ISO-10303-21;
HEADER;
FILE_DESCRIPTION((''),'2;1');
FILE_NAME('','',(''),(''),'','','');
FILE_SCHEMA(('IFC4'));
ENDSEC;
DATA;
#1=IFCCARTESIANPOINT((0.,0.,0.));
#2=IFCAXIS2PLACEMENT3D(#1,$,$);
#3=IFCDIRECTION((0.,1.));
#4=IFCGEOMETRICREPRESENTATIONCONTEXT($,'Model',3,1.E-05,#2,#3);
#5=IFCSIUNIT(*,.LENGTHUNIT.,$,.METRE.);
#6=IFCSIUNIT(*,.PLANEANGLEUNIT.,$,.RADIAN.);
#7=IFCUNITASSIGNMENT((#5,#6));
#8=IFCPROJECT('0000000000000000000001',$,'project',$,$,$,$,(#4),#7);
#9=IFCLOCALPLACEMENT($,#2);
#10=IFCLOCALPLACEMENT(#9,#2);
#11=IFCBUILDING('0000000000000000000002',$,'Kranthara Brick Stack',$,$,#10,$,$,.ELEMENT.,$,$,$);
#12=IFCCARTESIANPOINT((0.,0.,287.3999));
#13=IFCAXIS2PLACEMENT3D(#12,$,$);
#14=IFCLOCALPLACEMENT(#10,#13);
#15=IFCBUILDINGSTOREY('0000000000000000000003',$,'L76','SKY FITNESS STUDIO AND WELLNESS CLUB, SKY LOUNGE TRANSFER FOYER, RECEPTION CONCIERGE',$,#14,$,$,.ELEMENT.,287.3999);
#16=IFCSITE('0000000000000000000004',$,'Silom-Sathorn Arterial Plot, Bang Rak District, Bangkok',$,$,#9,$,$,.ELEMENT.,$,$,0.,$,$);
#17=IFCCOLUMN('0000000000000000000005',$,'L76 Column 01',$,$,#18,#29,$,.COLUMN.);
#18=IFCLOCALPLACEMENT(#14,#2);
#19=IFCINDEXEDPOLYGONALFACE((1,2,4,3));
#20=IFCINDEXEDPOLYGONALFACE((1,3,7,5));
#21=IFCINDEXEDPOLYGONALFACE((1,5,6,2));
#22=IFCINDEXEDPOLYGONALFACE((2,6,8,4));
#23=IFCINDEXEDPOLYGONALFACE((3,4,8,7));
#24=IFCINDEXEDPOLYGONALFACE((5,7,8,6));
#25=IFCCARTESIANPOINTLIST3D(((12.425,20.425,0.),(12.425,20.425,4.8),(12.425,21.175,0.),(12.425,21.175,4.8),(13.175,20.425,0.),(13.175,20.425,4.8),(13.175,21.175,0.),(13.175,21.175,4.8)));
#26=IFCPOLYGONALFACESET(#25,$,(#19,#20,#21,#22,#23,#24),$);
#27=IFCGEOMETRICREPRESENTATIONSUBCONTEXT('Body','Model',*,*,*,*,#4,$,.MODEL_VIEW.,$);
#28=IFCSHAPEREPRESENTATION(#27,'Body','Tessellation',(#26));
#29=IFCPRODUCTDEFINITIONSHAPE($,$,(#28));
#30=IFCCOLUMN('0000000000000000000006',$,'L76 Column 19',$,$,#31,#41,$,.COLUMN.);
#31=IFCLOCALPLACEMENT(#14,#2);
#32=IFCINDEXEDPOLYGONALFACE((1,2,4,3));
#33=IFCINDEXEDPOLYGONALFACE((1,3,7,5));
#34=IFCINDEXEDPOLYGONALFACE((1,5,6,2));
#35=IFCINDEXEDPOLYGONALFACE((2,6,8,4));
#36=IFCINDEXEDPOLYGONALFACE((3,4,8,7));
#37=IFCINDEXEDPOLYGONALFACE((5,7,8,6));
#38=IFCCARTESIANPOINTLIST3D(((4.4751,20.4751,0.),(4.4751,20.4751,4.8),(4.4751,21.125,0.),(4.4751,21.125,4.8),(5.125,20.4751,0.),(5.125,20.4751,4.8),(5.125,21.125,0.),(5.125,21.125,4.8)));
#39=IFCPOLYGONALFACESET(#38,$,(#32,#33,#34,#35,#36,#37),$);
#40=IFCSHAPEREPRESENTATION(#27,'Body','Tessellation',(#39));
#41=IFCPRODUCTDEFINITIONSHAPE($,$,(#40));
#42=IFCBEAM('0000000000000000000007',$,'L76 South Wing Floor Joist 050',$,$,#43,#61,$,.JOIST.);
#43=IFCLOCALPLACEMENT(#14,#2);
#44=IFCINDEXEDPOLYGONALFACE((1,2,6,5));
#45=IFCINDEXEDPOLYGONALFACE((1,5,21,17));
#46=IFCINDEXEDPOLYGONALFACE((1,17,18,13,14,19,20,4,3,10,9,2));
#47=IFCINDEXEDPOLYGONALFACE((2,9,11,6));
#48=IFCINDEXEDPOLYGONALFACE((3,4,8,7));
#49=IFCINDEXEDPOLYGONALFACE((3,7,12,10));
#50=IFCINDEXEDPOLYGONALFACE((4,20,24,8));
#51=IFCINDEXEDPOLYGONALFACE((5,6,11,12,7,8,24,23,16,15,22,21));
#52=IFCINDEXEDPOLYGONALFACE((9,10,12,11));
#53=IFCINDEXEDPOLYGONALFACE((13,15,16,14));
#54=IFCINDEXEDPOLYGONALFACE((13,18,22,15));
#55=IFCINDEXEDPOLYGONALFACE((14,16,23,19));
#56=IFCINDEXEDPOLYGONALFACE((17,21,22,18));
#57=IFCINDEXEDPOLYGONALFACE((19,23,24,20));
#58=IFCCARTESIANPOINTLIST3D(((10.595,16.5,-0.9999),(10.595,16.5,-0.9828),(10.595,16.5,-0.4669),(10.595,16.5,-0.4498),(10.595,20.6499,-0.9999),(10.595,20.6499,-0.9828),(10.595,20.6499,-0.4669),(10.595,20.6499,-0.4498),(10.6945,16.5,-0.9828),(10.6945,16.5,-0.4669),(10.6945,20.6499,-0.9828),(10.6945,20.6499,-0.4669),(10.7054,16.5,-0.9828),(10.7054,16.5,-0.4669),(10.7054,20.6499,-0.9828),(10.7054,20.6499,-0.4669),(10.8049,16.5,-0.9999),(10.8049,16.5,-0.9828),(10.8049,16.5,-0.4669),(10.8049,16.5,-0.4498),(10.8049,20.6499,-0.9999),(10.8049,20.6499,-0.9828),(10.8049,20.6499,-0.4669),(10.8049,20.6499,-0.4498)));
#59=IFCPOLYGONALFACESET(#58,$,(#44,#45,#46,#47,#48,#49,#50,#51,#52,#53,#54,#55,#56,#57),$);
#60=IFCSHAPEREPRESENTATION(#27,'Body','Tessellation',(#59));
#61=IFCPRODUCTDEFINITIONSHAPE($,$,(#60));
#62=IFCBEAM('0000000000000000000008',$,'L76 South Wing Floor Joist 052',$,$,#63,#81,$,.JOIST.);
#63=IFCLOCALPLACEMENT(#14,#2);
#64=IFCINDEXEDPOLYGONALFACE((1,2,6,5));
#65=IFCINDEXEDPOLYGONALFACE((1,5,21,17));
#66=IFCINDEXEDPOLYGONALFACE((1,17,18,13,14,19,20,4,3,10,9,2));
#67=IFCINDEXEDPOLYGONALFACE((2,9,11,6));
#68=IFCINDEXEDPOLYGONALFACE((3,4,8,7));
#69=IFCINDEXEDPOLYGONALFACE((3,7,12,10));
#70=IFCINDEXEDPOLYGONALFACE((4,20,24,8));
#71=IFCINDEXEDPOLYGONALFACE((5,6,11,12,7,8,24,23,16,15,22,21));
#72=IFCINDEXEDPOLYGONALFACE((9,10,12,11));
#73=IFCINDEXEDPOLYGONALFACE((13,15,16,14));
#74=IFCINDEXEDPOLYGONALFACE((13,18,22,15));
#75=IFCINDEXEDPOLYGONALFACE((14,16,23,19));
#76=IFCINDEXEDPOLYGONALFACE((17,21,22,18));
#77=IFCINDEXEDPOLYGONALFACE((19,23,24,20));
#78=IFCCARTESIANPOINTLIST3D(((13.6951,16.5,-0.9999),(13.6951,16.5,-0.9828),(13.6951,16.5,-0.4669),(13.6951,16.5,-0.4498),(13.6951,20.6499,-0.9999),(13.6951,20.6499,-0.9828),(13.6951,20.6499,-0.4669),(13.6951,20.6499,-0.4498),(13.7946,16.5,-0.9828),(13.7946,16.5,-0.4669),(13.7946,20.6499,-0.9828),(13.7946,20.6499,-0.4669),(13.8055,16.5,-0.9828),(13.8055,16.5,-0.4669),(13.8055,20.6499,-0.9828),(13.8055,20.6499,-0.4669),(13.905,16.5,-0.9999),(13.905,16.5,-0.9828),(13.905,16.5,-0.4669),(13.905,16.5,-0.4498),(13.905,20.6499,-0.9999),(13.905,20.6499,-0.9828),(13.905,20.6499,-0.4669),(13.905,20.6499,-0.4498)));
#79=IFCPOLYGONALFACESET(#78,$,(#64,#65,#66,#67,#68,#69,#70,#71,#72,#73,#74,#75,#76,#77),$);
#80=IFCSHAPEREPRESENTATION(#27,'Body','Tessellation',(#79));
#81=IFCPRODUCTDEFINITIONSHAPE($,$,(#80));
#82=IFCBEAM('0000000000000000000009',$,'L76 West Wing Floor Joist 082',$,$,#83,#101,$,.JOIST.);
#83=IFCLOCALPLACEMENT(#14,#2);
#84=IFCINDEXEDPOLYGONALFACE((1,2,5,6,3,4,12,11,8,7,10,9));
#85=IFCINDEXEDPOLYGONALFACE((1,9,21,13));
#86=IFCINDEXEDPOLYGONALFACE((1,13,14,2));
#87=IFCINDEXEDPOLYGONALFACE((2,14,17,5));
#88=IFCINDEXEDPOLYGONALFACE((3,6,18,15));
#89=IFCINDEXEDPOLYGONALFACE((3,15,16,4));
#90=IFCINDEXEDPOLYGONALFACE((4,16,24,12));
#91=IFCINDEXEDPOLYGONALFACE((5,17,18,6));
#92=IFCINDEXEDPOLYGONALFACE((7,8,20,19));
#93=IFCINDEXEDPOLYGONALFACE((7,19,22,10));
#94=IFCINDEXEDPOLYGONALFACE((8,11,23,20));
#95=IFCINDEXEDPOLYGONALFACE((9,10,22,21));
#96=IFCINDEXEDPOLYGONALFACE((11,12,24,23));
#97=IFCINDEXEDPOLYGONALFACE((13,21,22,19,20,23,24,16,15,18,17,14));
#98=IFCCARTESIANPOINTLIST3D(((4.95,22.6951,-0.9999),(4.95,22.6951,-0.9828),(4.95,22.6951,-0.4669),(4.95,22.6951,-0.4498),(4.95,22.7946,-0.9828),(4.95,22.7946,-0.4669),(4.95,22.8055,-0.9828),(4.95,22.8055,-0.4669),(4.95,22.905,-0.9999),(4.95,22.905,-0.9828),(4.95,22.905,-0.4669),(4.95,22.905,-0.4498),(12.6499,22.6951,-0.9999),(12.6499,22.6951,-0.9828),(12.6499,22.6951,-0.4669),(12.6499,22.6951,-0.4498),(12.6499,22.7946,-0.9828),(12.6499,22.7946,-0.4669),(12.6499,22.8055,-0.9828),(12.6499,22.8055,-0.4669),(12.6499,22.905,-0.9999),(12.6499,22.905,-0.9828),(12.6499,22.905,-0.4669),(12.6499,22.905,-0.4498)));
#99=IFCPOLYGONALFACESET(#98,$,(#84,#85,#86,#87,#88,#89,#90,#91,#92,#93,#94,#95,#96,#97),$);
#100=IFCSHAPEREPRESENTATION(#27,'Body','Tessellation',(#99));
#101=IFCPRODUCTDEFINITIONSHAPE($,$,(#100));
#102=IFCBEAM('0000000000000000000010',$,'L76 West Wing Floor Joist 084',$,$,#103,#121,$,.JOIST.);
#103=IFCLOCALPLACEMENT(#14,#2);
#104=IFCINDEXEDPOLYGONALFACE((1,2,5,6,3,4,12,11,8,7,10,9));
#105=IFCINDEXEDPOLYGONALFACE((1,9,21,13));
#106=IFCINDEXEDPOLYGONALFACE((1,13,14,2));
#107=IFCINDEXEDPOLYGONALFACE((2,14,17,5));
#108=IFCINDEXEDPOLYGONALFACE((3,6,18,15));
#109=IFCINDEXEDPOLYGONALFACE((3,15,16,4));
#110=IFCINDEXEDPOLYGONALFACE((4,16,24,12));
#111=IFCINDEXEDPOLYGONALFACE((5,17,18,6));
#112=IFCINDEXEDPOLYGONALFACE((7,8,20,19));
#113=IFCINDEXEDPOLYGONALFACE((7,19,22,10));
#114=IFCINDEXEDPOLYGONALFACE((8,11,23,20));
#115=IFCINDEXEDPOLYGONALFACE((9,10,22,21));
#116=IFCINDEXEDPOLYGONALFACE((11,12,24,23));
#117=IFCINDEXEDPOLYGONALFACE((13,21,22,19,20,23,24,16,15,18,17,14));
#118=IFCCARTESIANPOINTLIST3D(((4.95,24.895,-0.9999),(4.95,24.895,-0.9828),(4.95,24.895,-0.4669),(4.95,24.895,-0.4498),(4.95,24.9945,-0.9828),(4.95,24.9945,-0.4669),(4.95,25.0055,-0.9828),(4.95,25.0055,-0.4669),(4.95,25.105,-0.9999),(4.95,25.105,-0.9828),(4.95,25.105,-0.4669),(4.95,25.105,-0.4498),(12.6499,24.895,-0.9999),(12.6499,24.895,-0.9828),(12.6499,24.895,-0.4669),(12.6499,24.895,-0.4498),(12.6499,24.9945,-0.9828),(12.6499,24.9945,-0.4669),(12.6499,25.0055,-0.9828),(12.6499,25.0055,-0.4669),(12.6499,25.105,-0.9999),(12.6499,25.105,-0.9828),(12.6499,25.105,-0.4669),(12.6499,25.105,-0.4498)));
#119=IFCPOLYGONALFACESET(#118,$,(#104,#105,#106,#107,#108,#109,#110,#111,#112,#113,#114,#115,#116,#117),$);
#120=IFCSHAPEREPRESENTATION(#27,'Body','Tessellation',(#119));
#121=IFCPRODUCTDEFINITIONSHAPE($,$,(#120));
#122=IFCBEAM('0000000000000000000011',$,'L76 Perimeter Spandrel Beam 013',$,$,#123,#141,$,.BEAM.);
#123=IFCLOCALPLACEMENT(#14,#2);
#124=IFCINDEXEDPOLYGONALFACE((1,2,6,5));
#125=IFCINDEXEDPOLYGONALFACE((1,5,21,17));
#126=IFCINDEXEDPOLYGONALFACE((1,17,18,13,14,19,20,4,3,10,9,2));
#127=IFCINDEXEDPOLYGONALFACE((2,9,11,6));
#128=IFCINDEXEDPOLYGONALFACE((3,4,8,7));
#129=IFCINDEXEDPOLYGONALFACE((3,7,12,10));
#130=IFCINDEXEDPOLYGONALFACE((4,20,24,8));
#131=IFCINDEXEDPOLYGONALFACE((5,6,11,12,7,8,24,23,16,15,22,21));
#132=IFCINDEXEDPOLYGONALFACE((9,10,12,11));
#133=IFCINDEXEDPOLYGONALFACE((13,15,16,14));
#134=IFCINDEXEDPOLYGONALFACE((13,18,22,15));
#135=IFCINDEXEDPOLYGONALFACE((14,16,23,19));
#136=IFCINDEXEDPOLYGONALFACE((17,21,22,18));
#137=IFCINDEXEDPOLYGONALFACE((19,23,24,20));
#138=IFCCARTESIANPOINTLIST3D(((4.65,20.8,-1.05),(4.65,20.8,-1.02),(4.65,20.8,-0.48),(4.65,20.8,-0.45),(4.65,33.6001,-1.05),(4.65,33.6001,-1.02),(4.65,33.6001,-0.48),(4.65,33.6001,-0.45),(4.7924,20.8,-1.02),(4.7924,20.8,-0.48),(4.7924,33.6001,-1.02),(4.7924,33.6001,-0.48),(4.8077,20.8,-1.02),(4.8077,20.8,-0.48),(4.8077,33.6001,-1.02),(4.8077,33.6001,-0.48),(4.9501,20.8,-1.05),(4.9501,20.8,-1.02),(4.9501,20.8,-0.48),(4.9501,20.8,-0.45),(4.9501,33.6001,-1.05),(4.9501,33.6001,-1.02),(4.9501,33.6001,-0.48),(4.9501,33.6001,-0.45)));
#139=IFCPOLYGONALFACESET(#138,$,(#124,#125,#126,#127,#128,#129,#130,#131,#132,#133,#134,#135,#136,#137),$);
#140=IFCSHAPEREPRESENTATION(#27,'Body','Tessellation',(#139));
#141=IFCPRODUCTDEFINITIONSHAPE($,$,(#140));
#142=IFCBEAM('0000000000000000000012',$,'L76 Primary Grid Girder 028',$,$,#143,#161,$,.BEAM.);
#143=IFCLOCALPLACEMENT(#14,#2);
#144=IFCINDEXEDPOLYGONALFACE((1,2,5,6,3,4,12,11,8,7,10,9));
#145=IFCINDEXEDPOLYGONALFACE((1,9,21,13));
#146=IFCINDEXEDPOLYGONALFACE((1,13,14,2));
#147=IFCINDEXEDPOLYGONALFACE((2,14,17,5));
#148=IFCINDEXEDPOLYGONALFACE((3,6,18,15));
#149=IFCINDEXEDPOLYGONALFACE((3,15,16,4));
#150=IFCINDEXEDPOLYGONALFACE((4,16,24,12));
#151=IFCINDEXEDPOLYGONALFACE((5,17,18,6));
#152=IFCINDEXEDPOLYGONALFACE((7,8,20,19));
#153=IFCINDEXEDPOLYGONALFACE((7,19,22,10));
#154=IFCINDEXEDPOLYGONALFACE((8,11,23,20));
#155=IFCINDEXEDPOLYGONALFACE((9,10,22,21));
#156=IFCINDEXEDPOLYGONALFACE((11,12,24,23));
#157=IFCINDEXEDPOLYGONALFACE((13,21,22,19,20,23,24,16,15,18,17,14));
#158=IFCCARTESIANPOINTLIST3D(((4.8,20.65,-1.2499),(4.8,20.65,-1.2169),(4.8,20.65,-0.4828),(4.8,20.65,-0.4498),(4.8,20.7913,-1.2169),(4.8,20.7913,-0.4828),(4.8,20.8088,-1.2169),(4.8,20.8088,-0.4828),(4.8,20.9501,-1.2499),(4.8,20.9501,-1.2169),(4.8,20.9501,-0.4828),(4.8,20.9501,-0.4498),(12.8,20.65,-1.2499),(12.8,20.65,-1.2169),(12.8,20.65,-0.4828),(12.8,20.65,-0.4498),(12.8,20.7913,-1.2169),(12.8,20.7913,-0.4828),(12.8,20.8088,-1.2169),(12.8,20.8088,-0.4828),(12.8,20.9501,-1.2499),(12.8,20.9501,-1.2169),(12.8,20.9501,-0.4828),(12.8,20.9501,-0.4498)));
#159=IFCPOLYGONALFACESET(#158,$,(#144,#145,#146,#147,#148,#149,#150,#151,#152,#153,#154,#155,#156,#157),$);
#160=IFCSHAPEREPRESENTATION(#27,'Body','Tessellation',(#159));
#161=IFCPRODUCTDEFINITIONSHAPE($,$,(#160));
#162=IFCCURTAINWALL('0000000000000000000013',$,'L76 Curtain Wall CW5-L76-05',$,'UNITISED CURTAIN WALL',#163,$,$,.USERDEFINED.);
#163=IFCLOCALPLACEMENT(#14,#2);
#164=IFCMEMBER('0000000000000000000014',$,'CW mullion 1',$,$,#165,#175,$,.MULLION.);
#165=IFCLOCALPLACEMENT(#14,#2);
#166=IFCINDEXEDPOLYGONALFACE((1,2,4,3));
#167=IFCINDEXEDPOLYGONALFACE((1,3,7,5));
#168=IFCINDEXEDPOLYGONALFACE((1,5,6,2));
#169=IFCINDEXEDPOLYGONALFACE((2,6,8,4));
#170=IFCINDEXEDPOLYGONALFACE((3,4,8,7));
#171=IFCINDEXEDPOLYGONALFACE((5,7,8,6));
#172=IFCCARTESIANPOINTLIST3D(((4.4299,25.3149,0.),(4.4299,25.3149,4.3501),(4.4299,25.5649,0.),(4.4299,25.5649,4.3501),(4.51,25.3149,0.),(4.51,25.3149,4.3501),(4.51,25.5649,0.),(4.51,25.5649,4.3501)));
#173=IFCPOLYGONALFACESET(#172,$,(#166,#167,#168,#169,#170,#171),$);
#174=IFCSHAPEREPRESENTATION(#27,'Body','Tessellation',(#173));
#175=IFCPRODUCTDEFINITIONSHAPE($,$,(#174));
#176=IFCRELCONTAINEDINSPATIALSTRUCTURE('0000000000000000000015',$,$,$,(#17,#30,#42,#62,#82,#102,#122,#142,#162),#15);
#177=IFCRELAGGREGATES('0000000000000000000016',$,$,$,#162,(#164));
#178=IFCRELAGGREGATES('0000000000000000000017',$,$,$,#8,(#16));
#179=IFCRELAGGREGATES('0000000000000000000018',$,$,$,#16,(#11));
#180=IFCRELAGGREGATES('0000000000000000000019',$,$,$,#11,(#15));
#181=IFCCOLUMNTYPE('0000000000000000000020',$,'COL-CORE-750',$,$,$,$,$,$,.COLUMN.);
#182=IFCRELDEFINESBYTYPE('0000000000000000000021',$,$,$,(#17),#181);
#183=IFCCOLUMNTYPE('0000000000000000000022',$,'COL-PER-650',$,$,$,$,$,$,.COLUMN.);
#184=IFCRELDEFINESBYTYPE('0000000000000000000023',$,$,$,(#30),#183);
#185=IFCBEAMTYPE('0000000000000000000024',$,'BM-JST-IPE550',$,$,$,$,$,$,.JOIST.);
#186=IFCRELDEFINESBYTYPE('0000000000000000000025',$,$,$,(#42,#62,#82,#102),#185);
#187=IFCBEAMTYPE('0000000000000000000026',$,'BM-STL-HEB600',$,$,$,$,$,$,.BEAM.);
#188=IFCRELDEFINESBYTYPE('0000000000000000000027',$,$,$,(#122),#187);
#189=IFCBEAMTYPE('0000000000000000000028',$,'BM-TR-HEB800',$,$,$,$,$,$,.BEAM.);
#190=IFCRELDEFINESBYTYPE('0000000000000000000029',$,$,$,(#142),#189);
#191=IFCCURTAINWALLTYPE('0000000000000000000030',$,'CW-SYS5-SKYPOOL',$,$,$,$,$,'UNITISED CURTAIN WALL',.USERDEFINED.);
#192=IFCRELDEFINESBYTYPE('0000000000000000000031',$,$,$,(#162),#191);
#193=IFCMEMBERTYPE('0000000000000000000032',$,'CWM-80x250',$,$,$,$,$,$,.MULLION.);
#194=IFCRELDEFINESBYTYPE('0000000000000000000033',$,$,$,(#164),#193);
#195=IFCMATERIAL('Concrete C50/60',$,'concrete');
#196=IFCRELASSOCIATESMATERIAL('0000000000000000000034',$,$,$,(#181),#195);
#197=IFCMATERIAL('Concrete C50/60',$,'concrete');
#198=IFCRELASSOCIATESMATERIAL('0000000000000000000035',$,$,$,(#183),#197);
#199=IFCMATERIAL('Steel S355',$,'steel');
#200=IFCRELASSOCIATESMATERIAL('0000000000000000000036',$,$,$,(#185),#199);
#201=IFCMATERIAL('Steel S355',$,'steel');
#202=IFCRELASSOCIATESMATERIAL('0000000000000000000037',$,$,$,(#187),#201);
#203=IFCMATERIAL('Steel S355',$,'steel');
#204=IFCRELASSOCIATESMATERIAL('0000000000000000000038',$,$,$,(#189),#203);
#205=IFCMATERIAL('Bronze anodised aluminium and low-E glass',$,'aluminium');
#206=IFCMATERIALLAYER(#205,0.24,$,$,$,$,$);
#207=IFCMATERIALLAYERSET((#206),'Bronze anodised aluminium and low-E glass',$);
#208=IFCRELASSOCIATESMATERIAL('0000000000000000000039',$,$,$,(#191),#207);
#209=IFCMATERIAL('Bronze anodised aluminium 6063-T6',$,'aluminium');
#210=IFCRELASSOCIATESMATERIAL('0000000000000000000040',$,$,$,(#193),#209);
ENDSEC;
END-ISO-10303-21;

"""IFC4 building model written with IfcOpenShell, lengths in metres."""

from ifc_helpers import new_model, si_unit, direction, frame, origin, origin_2d, place, context, subcontext, project, spatial, rectangle, i_section, extrude, material, layer, layer_set, material_profile, profile_set, type_object, element, aggregate, save


model = new_model("IFC4")

# Units and contexts
model_context = context("Model", 3, precision=1e-05, world=origin(), true_north=direction((0.0, 1.0)))
body_context = subcontext(model_context, "Body", "Model", "MODEL_VIEW")
ifc_project = project(units=[si_unit("LENGTHUNIT", "METRE"), si_unit("PLANEANGLEUNIT", "RADIAN")], contexts=[model_context])

# Site, building, storey
site_placement = place(None, origin())
site = spatial("IfcSite", under=ifc_project, at=site_placement, Name="Silom-Sathorn Arterial Plot, Bang Rak District, Bangkok", CompositionType="ELEMENT", RefElevation=0.0)
building_placement = place(site_placement, origin())
building = spatial("IfcBuilding", under=site, at=building_placement, Name="Kranthara Brick Stack", CompositionType="ELEMENT")
storey_placement = place(building_placement, frame((0.0, 0.0, 287.3999)))
storey = spatial("IfcBuildingStorey", under=building, at=storey_placement, Name="L76", Description="SKY FITNESS STUDIO AND WELLNESS CLUB, SKY LOUNGE TRANSFER FOYER, RECEPTION CONCIERGE", CompositionType="ELEMENT", Elevation=287.3999)

# Columns
ifc_material_1 = material(Name="Concrete C50/60", Category="concrete")
ifc_material_profile_1 = material_profile(ifc_material_1, rectangle(XDim=0.75, YDim=0.75, at=origin_2d()), Name="RC 750x750")
ifc_profile_set_1 = profile_set([ifc_material_profile_1], Name="Concrete C50/60")
column_type_1 = type_object("IfcColumnType", Name="COL-CORE-750", PredefinedType="COLUMN", material=ifc_profile_set_1)
column_1_placement = place(storey_placement, frame((12.8, 20.8, 0.0), z_axis=(0.0, 0.0, 1.0), x_axis=(1.0, 0.0, 0.0)))
element("IfcColumn", 1, at=column_1_placement, inside=storey, type_object=column_type_1, Name="L76 Column 01", PredefinedType="COLUMN", context=body_context, shape_type="SweptSolid", body=[
    extrude(rectangle(XDim=0.75, YDim=0.75, at=origin_2d()), origin(), (0.0, 0.0, 1.0), 4.8),
])
ifc_material_2 = material(Name="Concrete C50/60", Category="concrete")
ifc_material_profile_2 = material_profile(ifc_material_2, rectangle(XDim=0.6499, YDim=0.6499, at=origin_2d()), Name="RC 650x650")
ifc_profile_set_2 = profile_set([ifc_material_profile_2], Name="Concrete C50/60")
column_type_2 = type_object("IfcColumnType", Name="COL-PER-650", PredefinedType="COLUMN", material=ifc_profile_set_2)
column_2_placement = place(storey_placement, frame((4.8, 20.8, 0.0), z_axis=(0.0, 0.0, 1.0), x_axis=(1.0, 0.0, 0.0)))
element("IfcColumn", 2, at=column_2_placement, inside=storey, type_object=column_type_2, Name="L76 Column 19", PredefinedType="COLUMN", context=body_context, shape_type="SweptSolid", body=[
    extrude(rectangle(XDim=0.6499, YDim=0.6499, at=origin_2d()), origin(), (0.0, 0.0, 1.0), 4.8),
])

# Beams
ifc_material_3 = material(Name="Steel S355", Category="steel")
ifc_material_profile_3 = material_profile(ifc_material_3, i_section(OverallWidth=0.21, OverallDepth=0.55, WebThickness=0.011, FlangeThickness=0.0171, at=origin_2d()), Name="IPE 550")
ifc_profile_set_3 = profile_set([ifc_material_profile_3], Name="Steel S355")
beam_type_1 = type_object("IfcBeamType", Name="BM-JST-IPE550", PredefinedType="JOIST", material=ifc_profile_set_3)
for number, where, z_axis, x_axis, name in (
    (3, (10.7, 16.5, -0.7249), (0.0, 1.0, 0.0), (-1.0, 0.0, 0.0), "L76 South Wing Floor Joist 050"),
    (4, (13.8, 16.5, -0.7249), (0.0, 1.0, 0.0), (-1.0, 0.0, 0.0), "L76 South Wing Floor Joist 052"),
):
    element("IfcBeam", number, at=place(storey_placement, frame(where, z_axis=z_axis, x_axis=x_axis)), inside=storey, type_object=beam_type_1, Name=name, PredefinedType="JOIST", context=body_context, shape_type="SweptSolid", body=[
        extrude(i_section(OverallWidth=0.21, OverallDepth=0.55, WebThickness=0.011, FlangeThickness=0.0171, at=origin_2d()), origin(), (0.0, 0.0, 1.0), 4.1499),
    ])
for number, where, z_axis, x_axis, name in (
    (5, (4.95, 22.8, -0.7249), (1.0, 0.0, 0.0), (0.0, 1.0, 0.0), "L76 West Wing Floor Joist 082"),
    (6, (4.95, 25.0, -0.7249), (1.0, 0.0, 0.0), (0.0, 1.0, 0.0), "L76 West Wing Floor Joist 084"),
):
    element("IfcBeam", number, at=place(storey_placement, frame(where, z_axis=z_axis, x_axis=x_axis)), inside=storey, type_object=beam_type_1, Name=name, PredefinedType="JOIST", context=body_context, shape_type="SweptSolid", body=[
        extrude(i_section(OverallWidth=0.21, OverallDepth=0.55, WebThickness=0.011, FlangeThickness=0.0171, at=origin_2d()), origin(), (0.0, 0.0, 1.0), 7.7),
    ])
ifc_material_4 = material(Name="Steel S355", Category="steel")
ifc_material_profile_4 = material_profile(ifc_material_4, i_section(OverallWidth=0.3, OverallDepth=0.6001, WebThickness=0.0154, FlangeThickness=0.03, at=origin_2d()), Name="HEB 600")
ifc_profile_set_4 = profile_set([ifc_material_profile_4], Name="Steel S355")
beam_type_2 = type_object("IfcBeamType", Name="BM-STL-HEB600", PredefinedType="BEAM", material=ifc_profile_set_4)
beam_1_placement = place(storey_placement, frame((4.8, 20.8, -0.75), z_axis=(0.0, 1.0, 0.0), x_axis=(-1.0, 0.0, 0.0)))
element("IfcBeam", 7, at=beam_1_placement, inside=storey, type_object=beam_type_2, Name="L76 Perimeter Spandrel Beam 013", PredefinedType="BEAM", context=body_context, shape_type="SweptSolid", body=[
    extrude(i_section(OverallWidth=0.3, OverallDepth=0.6001, WebThickness=0.0154, FlangeThickness=0.03, at=origin_2d()), origin(), (0.0, 0.0, 1.0), 12.8),
])
ifc_material_5 = material(Name="Steel S355", Category="steel")
ifc_material_profile_5 = material_profile(ifc_material_5, i_section(OverallWidth=0.3, OverallDepth=0.8, WebThickness=0.0176, FlangeThickness=0.033, at=origin_2d()), Name="HEB 800")
ifc_profile_set_5 = profile_set([ifc_material_profile_5], Name="Steel S355")
beam_type_3 = type_object("IfcBeamType", Name="BM-TR-HEB800", PredefinedType="BEAM", material=ifc_profile_set_5)
beam_2_placement = place(storey_placement, frame((4.8, 20.8, -0.8499), z_axis=(1.0, 0.0, 0.0), x_axis=(0.0, 1.0, 0.0)))
element("IfcBeam", 8, at=beam_2_placement, inside=storey, type_object=beam_type_3, Name="L76 Primary Grid Girder 028", PredefinedType="BEAM", context=body_context, shape_type="SweptSolid", body=[
    extrude(i_section(OverallWidth=0.3, OverallDepth=0.8, WebThickness=0.0176, FlangeThickness=0.033, at=origin_2d()), origin(), (0.0, 0.0, 1.0), 8.0),
])

# Curtain wall, member
ifc_material_6 = material(Name="Bronze anodised aluminium and low-E glass", Category="aluminium")
ifc_layer_1 = layer(ifc_material_6, 0.24)
ifc_layer_set_1 = layer_set([ifc_layer_1], Name="Bronze anodised aluminium and low-E glass")
curtain_wall_type = type_object("IfcCurtainWallType", Name="CW-SYS5-SKYPOOL", ElementType="UNITISED CURTAIN WALL", PredefinedType="USERDEFINED", material=ifc_layer_set_1)
curtain_wall_placement = place(storey_placement, origin())
curtain_wall = element("IfcCurtainWall", 9, at=curtain_wall_placement, inside=storey, type_object=curtain_wall_type, Name="L76 Curtain Wall CW5-L76-05", ObjectType="UNITISED CURTAIN WALL", PredefinedType="USERDEFINED")
ifc_material_7 = material(Name="Bronze anodised aluminium 6063-T6", Category="aluminium")
ifc_material_profile_6 = material_profile(ifc_material_7, rectangle(XDim=0.0801, YDim=0.25, at=origin_2d()), Name="ALU MULLION 80x250")
ifc_profile_set_6 = profile_set([ifc_material_profile_6], Name="Bronze anodised aluminium 6063-T6")
member_type_1 = type_object("IfcMemberType", Name="CWM-80x250", PredefinedType="MULLION", material=ifc_profile_set_6)
member_1_placement = place(storey_placement, frame((4.47, 25.4399, 0.0), z_axis=(0.0, 0.0, 1.0), x_axis=(-1.0, 0.0, 0.0)))
member_1 = element("IfcMember", 10, at=member_1_placement, type_object=member_type_1, Name="CW mullion 1", PredefinedType="MULLION", context=body_context, shape_type="SweptSolid", body=[
    extrude(rectangle(XDim=0.0801, YDim=0.25, at=origin_2d()), origin(), (0.0, 0.0, 1.0), 4.3501),
])
aggregate(curtain_wall, [member_1])

save(model, "model.ifc")
